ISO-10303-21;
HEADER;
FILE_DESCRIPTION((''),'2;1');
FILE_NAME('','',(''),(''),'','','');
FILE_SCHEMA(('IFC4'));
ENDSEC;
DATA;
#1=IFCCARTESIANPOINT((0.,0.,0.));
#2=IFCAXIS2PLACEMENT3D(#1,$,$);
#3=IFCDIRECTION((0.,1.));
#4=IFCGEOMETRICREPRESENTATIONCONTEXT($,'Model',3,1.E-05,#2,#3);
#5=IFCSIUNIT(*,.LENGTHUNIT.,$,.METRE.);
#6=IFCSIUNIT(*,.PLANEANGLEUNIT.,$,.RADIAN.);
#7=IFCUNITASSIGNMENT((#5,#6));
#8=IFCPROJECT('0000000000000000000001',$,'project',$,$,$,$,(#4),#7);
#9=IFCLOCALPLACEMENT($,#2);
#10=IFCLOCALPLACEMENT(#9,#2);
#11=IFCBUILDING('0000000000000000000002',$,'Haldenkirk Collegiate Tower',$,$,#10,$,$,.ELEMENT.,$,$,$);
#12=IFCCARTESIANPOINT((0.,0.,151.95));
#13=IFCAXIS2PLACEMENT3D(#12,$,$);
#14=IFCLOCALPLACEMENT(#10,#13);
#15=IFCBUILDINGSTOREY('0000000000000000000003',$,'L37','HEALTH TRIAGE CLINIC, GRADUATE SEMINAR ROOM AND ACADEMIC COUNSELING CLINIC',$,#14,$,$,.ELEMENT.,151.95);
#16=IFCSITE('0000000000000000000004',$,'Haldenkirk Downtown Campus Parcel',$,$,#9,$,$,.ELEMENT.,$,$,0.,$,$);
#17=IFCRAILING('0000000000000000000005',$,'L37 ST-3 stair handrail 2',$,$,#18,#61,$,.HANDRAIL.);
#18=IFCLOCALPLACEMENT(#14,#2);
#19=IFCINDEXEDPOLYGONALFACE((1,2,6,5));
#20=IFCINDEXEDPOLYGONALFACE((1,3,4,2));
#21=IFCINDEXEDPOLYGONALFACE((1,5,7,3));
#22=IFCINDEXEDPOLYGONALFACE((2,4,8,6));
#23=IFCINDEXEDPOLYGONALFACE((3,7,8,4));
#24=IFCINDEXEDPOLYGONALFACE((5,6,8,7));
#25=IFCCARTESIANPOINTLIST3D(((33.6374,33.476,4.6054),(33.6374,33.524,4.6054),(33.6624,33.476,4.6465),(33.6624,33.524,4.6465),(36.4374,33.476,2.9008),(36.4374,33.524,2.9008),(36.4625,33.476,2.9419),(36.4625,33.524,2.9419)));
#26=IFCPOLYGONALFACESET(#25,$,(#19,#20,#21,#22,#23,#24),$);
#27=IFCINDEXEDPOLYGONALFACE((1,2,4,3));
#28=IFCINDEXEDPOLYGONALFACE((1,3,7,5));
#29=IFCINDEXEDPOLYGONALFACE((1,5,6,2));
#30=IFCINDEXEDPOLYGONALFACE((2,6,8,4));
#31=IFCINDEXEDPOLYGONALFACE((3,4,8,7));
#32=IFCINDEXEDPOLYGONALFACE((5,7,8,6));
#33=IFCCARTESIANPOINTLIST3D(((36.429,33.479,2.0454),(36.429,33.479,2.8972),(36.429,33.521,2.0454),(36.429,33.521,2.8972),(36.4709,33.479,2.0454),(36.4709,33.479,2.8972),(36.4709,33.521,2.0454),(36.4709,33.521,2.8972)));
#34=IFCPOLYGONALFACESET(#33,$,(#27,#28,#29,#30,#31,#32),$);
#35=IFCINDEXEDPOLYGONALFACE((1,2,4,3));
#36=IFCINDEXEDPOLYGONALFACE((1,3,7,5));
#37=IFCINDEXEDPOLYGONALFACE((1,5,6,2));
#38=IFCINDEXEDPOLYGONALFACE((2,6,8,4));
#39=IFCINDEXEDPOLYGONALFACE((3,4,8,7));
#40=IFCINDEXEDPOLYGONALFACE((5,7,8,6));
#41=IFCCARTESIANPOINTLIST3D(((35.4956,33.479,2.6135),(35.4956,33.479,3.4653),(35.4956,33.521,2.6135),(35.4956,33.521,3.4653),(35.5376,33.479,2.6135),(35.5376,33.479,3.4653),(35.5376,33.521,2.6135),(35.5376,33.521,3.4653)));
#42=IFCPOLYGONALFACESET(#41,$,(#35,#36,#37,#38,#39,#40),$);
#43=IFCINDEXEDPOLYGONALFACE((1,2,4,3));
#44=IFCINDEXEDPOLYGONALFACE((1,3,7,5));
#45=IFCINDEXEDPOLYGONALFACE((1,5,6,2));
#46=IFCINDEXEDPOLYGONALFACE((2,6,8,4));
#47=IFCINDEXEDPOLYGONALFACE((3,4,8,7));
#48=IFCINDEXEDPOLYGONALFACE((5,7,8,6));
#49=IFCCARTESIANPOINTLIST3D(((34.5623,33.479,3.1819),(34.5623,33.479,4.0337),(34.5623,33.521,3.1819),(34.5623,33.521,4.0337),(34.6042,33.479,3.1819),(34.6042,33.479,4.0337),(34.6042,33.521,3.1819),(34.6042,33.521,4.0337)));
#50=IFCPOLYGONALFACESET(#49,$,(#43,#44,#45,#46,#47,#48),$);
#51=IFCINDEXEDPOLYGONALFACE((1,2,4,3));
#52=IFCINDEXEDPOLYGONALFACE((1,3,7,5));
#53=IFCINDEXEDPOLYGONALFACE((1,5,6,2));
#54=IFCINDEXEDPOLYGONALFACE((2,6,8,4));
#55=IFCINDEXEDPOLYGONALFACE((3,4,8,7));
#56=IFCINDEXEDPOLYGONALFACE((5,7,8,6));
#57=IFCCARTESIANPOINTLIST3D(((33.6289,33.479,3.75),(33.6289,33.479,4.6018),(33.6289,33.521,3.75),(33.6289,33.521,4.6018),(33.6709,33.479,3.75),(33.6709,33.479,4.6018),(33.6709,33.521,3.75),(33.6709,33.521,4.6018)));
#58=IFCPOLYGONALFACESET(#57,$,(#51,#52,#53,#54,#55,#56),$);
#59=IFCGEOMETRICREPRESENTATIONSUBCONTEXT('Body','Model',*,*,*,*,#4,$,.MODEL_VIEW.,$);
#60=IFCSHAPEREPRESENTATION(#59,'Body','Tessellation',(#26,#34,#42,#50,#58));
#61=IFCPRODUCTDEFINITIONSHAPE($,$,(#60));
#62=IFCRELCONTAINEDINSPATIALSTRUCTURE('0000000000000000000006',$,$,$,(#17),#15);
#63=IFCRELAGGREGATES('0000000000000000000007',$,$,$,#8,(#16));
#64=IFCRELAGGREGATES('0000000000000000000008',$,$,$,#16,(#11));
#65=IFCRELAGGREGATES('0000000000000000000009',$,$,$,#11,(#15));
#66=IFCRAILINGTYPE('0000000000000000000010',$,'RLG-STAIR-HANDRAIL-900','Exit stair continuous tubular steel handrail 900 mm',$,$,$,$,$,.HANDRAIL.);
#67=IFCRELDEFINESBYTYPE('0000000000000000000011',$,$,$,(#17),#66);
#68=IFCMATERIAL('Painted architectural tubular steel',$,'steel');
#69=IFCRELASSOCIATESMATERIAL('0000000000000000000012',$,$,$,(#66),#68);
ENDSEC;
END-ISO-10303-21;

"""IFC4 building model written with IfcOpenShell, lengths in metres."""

from ifc_helpers import new_model, si_unit, direction, frame, origin, origin_2d, place, context, subcontext, project, spatial, rectangle, extrude, material, type_object, element, save


model = new_model("IFC4")

# Units and contexts
model_context = context("Model", 3, precision=1e-05, world=origin(), true_north=direction((0.0, 1.0)))
body_context = subcontext(model_context, "Body", "Model", "MODEL_VIEW")
ifc_project = project(units=[si_unit("LENGTHUNIT", "METRE"), si_unit("PLANEANGLEUNIT", "RADIAN")], contexts=[model_context])

# Site, building, storey
site_placement = place(None, origin())
site = spatial("IfcSite", under=ifc_project, at=site_placement, Name="Haldenkirk Downtown Campus Parcel", CompositionType="ELEMENT", RefElevation=0.0)
building_placement = place(site_placement, origin())
building = spatial("IfcBuilding", under=site, at=building_placement, Name="Haldenkirk Collegiate Tower", CompositionType="ELEMENT")
storey_placement = place(building_placement, frame((0.0, 0.0, 151.95)))
storey = spatial("IfcBuildingStorey", under=building, at=storey_placement, Name="L37", Description="HEALTH TRIAGE CLINIC, GRADUATE SEMINAR ROOM AND ACADEMIC COUNSELING CLINIC", CompositionType="ELEMENT", Elevation=151.95)

# Railing
ifc_material_1 = material(Name="Painted architectural tubular steel", Category="steel")
railing_type_1 = type_object("IfcRailingType", Name="RLG-STAIR-HANDRAIL-900", Description="Exit stair continuous tubular steel handrail 900 mm", PredefinedType="HANDRAIL", material=ifc_material_1)
railing_1_placement = place(storey_placement, frame((36.45, 33.5, 2.0454)))
element("IfcRailing", 1, at=railing_1_placement, inside=storey, type_object=railing_type_1, Name="L37 ST-3 stair handrail 2", PredefinedType="HANDRAIL", context=body_context, shape_type="SweptSolid", body=[
    extrude(rectangle(XDim=0.0481, YDim=0.0481, at=origin_2d()), frame((0.0, 0.0, 0.876), z_axis=(-0.85417, 0.0, 0.519994), x_axis=(0.0, -1.0, 0.0)), (0.0, 0.0, 1.0), 3.2781),
    extrude(rectangle(XDim=0.042, YDim=0.042, at=origin_2d()), origin(), (0.0, 0.0, 1.0), 0.8518),
    extrude(rectangle(XDim=0.042, YDim=0.042, at=origin_2d()), frame((-0.9333, 0.0, 0.5681)), (0.0, 0.0, 1.0), 0.8518),
    extrude(rectangle(XDim=0.042, YDim=0.042, at=origin_2d()), frame((-1.8667, 0.0, 1.1365)), (0.0, 0.0, 1.0), 0.8518),
    extrude(rectangle(XDim=0.042, YDim=0.042, at=origin_2d()), frame((-2.8, 0.0, 1.7046)), (0.0, 0.0, 1.0), 0.8518),
])

save(model, "model.ifc")
